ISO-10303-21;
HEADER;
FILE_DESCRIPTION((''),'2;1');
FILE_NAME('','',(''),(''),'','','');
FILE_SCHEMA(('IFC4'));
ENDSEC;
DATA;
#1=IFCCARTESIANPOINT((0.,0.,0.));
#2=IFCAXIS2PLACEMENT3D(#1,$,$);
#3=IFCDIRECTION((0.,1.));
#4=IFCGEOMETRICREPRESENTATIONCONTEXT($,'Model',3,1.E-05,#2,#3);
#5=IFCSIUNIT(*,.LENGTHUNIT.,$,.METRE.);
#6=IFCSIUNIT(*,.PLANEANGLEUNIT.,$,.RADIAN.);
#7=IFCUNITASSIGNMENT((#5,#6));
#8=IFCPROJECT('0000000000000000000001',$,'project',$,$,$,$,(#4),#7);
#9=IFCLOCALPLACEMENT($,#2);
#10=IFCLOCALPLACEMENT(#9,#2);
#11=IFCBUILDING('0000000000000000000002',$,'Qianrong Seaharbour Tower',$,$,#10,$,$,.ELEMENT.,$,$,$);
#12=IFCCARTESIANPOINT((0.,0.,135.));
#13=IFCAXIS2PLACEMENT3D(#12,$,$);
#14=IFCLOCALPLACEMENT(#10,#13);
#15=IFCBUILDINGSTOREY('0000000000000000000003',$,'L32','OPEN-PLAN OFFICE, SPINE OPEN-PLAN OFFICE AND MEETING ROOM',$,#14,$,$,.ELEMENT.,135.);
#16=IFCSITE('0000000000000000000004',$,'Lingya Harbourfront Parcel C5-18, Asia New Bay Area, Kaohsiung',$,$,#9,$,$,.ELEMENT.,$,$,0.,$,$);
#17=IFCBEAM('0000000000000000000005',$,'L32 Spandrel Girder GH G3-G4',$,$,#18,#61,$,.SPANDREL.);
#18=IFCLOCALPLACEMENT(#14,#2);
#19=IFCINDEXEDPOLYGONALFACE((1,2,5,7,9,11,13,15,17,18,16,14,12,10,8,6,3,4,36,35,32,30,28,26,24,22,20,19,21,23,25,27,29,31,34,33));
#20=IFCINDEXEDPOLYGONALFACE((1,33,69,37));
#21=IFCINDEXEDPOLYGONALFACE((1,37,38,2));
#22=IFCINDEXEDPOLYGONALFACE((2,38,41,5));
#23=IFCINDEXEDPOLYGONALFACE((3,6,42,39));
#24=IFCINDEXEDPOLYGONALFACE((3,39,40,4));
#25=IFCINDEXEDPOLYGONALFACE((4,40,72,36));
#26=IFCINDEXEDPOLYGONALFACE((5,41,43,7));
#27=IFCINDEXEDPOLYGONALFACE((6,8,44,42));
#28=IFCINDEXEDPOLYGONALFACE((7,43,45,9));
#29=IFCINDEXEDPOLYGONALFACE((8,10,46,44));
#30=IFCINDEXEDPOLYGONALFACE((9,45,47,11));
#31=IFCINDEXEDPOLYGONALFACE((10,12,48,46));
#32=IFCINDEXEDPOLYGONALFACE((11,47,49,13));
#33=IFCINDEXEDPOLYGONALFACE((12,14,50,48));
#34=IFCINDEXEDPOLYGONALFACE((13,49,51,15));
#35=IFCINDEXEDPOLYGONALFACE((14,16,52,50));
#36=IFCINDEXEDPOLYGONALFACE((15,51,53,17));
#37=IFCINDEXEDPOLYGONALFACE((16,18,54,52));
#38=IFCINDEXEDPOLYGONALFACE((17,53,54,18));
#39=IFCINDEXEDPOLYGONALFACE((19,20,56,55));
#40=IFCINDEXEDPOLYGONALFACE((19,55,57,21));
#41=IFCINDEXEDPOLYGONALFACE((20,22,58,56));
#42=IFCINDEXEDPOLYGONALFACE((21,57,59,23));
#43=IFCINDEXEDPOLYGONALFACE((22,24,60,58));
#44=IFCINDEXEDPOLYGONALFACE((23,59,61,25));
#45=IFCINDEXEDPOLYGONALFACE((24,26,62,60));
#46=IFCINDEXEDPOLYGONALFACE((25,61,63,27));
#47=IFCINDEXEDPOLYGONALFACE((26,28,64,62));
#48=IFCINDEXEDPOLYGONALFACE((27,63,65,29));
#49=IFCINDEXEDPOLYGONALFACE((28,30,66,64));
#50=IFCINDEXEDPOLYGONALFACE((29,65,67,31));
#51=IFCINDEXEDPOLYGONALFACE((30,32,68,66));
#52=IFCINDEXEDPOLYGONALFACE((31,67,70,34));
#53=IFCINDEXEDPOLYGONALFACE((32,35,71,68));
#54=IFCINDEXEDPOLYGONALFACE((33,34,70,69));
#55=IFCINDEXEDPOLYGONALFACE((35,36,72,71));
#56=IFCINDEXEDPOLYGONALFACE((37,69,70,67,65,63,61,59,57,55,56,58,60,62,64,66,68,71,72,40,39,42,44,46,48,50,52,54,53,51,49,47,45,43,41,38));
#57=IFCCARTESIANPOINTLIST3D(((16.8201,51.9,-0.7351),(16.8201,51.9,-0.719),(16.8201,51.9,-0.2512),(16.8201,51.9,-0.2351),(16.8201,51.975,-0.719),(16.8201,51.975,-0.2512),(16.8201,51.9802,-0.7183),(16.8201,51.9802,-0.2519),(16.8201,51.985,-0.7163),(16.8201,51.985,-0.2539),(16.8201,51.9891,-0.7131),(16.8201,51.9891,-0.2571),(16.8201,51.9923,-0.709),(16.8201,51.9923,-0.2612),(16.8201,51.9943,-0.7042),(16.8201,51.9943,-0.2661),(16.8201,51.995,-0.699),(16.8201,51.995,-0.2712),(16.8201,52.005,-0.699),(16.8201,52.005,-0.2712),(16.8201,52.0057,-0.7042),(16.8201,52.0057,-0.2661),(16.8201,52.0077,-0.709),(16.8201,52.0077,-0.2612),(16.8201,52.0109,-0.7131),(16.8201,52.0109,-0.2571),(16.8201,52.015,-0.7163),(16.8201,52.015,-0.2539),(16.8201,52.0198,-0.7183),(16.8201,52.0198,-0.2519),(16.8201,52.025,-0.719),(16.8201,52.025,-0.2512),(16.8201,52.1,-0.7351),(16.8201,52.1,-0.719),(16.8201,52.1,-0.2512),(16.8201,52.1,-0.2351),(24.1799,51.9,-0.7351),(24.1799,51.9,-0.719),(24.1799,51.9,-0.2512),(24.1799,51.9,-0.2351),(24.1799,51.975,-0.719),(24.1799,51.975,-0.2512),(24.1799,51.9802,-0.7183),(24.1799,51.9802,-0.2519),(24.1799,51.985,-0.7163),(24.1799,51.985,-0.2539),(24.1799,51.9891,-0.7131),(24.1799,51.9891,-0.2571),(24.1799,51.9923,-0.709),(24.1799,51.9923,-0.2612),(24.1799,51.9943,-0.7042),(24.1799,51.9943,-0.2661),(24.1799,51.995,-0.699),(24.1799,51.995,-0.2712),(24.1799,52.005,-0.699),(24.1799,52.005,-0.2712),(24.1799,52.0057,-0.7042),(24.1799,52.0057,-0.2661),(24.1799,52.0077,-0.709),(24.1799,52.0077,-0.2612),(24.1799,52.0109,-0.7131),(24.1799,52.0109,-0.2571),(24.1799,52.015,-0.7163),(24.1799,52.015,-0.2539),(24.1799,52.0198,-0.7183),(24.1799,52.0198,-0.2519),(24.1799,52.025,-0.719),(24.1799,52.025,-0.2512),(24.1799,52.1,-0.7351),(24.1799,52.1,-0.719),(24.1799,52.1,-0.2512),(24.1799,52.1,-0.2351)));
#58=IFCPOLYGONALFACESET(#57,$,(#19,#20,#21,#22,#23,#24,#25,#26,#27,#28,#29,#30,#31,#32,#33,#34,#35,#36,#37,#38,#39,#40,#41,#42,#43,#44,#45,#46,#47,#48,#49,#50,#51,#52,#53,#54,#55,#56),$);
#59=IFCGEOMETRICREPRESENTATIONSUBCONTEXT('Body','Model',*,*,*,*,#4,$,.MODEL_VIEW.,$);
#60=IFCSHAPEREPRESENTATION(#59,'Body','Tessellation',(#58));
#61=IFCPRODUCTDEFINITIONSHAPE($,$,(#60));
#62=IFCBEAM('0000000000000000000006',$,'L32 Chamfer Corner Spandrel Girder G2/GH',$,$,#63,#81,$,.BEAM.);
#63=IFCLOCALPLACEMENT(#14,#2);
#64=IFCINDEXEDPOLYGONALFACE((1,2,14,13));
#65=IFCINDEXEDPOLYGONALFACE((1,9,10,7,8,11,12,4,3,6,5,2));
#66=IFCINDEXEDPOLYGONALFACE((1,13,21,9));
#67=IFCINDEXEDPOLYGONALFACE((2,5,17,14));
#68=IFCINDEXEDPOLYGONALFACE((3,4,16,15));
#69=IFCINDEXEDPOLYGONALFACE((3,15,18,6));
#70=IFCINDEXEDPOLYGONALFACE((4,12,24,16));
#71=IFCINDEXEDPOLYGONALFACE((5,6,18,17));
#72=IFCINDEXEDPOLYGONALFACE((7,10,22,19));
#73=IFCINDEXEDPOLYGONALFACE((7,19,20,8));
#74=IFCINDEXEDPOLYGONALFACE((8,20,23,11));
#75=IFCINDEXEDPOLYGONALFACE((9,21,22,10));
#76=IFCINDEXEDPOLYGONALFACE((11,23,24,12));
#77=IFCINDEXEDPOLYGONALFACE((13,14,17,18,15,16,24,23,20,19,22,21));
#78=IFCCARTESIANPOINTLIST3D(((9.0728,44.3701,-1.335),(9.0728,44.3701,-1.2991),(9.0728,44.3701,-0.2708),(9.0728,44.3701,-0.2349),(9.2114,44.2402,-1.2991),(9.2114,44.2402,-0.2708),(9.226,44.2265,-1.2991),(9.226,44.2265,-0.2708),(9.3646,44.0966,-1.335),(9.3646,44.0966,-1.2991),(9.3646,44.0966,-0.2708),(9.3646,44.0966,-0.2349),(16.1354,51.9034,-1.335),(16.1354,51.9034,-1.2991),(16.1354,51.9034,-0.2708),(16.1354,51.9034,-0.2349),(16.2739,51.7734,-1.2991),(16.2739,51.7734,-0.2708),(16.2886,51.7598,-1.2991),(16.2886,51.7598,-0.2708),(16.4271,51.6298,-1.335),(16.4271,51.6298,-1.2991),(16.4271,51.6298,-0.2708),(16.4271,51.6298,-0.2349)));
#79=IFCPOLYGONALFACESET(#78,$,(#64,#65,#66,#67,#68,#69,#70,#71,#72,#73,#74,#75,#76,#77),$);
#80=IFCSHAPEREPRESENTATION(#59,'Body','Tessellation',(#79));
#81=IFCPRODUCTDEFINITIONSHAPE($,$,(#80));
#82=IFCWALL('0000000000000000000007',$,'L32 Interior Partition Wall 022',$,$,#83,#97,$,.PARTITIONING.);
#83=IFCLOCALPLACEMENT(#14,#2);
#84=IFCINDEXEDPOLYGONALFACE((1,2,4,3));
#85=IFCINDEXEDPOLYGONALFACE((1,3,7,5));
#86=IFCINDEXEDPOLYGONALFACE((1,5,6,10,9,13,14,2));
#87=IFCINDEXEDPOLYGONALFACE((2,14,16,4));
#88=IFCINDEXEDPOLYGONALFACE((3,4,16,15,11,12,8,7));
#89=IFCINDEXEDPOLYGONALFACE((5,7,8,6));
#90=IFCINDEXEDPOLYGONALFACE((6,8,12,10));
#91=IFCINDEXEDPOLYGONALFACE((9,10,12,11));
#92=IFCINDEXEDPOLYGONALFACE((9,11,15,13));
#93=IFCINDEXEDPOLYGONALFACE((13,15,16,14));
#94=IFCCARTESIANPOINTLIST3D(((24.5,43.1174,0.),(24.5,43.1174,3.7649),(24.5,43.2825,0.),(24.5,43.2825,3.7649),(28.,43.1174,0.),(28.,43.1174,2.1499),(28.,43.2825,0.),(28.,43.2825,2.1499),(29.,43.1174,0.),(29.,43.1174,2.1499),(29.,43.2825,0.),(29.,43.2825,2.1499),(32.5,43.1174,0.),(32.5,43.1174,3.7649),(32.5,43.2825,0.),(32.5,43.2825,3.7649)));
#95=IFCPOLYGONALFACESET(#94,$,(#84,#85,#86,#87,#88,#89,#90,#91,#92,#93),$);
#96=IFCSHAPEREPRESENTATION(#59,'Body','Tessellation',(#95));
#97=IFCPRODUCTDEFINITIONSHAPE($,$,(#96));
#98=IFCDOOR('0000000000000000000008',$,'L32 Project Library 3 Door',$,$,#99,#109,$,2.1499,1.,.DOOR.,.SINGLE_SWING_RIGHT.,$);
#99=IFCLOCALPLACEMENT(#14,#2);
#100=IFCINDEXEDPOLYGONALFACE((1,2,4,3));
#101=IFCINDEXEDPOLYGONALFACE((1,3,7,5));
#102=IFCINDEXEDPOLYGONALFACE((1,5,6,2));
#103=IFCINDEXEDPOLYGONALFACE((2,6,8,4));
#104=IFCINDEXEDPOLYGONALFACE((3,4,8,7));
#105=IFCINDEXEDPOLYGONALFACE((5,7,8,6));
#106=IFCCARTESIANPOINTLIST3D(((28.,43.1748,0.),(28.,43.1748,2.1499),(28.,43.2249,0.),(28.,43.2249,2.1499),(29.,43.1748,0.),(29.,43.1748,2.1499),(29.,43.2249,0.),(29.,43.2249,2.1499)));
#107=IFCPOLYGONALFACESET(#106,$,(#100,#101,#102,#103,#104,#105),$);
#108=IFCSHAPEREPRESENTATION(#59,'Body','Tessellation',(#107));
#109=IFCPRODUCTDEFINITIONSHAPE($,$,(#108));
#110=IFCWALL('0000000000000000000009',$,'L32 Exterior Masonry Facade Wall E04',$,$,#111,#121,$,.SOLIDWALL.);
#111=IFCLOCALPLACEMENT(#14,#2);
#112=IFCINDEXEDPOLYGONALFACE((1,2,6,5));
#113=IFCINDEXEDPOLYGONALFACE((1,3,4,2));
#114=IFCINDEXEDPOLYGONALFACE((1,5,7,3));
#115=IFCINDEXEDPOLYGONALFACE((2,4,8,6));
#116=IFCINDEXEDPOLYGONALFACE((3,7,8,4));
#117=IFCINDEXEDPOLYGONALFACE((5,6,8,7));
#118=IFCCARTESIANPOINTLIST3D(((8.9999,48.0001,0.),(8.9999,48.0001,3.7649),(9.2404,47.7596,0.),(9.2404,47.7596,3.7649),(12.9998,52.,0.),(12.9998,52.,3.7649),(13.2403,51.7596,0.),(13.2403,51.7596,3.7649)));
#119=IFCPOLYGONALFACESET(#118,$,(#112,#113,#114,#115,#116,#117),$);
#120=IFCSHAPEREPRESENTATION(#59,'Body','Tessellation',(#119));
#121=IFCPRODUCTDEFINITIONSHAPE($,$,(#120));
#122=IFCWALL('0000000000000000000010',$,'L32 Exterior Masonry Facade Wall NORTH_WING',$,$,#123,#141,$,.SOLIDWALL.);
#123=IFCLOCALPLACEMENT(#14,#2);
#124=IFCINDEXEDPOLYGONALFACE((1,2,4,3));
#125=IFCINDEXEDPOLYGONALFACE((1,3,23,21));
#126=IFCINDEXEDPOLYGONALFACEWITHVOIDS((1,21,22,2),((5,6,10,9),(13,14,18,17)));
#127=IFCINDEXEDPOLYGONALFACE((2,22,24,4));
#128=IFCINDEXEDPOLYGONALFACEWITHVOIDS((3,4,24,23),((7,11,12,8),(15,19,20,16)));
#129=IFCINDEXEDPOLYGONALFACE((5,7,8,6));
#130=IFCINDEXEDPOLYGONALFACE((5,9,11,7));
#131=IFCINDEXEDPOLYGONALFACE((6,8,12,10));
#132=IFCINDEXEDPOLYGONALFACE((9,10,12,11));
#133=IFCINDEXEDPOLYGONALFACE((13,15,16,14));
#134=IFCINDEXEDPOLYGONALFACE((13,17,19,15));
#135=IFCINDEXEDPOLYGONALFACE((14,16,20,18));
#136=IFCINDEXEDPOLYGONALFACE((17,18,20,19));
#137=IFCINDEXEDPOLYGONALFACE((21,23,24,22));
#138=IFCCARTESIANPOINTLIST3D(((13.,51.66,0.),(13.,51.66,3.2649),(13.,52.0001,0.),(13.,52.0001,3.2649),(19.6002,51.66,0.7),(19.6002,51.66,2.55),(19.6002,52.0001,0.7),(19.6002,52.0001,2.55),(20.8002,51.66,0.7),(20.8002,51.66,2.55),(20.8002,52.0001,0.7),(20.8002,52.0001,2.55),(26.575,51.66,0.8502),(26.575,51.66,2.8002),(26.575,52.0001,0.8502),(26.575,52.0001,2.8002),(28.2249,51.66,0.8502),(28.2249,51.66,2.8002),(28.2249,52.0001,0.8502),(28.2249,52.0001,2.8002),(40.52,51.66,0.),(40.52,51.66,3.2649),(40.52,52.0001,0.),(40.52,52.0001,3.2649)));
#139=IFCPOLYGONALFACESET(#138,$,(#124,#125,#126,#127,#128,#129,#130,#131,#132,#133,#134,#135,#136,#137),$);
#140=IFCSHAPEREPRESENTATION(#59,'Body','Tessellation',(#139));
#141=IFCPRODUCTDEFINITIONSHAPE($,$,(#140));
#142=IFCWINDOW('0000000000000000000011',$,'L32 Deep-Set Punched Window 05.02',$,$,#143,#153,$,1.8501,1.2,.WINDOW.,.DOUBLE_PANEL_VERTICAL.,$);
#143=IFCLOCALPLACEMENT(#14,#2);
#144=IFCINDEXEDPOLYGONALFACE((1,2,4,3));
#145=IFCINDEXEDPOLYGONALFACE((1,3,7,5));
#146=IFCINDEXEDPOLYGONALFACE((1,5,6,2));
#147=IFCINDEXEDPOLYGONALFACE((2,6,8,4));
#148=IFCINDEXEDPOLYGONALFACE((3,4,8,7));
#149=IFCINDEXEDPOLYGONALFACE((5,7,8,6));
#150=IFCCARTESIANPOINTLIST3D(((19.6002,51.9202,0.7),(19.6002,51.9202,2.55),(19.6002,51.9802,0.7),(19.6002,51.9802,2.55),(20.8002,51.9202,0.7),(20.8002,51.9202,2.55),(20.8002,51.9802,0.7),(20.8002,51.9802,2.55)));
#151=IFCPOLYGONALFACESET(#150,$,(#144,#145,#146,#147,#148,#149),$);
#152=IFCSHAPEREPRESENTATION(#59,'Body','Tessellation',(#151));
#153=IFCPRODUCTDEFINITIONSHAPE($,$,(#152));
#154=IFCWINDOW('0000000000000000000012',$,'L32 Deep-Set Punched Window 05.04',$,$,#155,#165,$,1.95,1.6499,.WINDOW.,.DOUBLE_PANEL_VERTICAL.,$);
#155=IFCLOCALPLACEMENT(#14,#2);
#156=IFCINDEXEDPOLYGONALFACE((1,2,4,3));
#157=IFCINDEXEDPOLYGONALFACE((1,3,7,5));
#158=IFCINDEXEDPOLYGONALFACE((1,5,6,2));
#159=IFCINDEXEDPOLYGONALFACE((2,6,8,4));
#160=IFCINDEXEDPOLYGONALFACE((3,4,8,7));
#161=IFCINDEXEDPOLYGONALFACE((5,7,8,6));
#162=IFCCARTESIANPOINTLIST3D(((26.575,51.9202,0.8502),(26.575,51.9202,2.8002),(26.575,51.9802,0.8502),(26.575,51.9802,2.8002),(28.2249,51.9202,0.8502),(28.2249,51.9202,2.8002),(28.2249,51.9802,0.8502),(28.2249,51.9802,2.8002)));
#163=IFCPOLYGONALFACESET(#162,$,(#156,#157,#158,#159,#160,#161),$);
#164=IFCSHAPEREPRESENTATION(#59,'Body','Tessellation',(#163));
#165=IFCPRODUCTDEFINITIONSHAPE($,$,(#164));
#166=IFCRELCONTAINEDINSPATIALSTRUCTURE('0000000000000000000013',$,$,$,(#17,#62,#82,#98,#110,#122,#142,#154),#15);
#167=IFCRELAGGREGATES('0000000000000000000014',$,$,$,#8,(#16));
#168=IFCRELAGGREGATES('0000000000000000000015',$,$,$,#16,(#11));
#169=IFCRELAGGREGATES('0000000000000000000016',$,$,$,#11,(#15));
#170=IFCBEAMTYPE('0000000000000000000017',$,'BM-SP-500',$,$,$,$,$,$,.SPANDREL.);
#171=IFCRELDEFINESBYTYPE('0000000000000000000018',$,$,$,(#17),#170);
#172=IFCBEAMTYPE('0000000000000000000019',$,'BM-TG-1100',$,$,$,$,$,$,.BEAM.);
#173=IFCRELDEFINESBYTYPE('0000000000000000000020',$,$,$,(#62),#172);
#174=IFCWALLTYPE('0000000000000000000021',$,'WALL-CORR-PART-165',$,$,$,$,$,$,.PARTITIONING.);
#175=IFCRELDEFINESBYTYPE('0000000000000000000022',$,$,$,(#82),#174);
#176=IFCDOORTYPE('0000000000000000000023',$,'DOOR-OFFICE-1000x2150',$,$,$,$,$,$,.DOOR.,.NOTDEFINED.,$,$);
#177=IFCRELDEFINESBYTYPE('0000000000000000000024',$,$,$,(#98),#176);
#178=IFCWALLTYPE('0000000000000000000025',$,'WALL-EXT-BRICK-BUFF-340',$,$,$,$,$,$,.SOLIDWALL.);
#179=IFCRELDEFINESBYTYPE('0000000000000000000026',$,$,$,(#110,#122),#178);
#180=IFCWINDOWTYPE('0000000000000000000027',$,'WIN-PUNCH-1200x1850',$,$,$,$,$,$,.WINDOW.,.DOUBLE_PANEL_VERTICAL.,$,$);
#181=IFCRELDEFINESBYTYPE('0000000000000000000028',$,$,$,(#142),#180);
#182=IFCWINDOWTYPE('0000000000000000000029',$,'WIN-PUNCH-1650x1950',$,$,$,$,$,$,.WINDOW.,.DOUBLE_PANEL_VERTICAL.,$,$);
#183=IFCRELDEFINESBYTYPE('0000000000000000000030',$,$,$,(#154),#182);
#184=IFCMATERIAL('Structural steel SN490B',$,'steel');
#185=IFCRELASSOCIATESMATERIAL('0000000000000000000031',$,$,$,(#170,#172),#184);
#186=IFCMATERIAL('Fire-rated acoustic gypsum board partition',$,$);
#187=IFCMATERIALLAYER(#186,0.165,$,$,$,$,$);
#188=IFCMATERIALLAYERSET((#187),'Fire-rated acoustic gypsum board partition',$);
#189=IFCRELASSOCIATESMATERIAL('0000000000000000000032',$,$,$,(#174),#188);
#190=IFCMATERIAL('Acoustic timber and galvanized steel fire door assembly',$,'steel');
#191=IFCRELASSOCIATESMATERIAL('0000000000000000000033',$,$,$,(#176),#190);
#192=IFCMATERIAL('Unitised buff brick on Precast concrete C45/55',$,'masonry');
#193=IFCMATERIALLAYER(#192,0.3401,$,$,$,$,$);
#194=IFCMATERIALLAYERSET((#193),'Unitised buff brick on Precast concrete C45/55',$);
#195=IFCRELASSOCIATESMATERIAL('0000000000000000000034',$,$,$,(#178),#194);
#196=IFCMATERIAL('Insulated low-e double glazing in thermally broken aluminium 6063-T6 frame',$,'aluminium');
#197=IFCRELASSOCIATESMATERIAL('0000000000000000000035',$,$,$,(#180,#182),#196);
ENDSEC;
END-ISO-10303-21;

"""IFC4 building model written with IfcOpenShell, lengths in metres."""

from ifc_helpers import new_model, si_unit, direction, frame, frame_2d, origin, origin_2d, place, context, subcontext, project, spatial, rectangle, i_section, extrude, material, layer, layer_set, material_profile, profile_set, type_object, element, fill, save


model = new_model("IFC4")

# Units and contexts
model_context = context("Model", 3, precision=1e-05, world=origin(), true_north=direction((0.0, 1.0)))
body_context = subcontext(model_context, "Body", "Model", "MODEL_VIEW")
ifc_project = project(units=[si_unit("LENGTHUNIT", "METRE"), si_unit("PLANEANGLEUNIT", "RADIAN")], contexts=[model_context])

# Site, building, storey
site_placement = place(None, origin())
site = spatial("IfcSite", under=ifc_project, at=site_placement, Name="Lingya Harbourfront Parcel C5-18, Asia New Bay Area, Kaohsiung", CompositionType="ELEMENT", RefElevation=0.0)
building_placement = place(site_placement, origin())
building = spatial("IfcBuilding", under=site, at=building_placement, Name="Qianrong Seaharbour Tower", CompositionType="ELEMENT")
storey_placement = place(building_placement, frame((0.0, 0.0, 135.0)))
storey = spatial("IfcBuildingStorey", under=building, at=storey_placement, Name="L32", Description="OPEN-PLAN OFFICE, SPINE OPEN-PLAN OFFICE AND MEETING ROOM", CompositionType="ELEMENT", Elevation=135.0)

# Shared definitions
ifc_material_1 = material(Name="Structural steel SN490B", Category="steel")

# Beams
ifc_material_profile_1 = material_profile(ifc_material_1, i_section(OverallWidth=0.2, OverallDepth=0.5, WebThickness=0.01, FlangeThickness=0.0161, FilletRadius=0.02, at=origin_2d()), Name="H500x200x10x16")
ifc_profile_set_1 = profile_set([ifc_material_profile_1], Name="Structural steel SN490B")
beam_type_1 = type_object("IfcBeamType", Name="BM-SP-500", PredefinedType="SPANDREL", material=ifc_profile_set_1)
beam_1_placement = place(storey_placement, frame((16.8201, 52.0, -0.4851), z_axis=(1.0, 0.0, 0.0), x_axis=(0.0, 1.0, 0.0)))
element("IfcBeam", 1, at=beam_1_placement, inside=storey, type_object=beam_type_1, Name="L32 Spandrel Girder GH G3-G4", PredefinedType="SPANDREL", context=body_context, shape_type="SweptSolid", body=[
    extrude(i_section(OverallWidth=0.2, OverallDepth=0.5, WebThickness=0.01, FlangeThickness=0.0161, FilletRadius=0.02, at=origin_2d()), origin(), (0.0, 0.0, 1.0), 7.3599),
])
ifc_material_profile_2 = material_profile(ifc_material_1, i_section(OverallWidth=0.3999, OverallDepth=1.1001, WebThickness=0.02, FlangeThickness=0.0359, at=origin_2d()), Name="BH1100x400x20x36")
ifc_profile_set_2 = profile_set([ifc_material_profile_2], Name="Structural steel SN490B")
beam_type_2 = type_object("IfcBeamType", Name="BM-TG-1100", PredefinedType="BEAM", material=ifc_profile_set_2)
beam_2_placement = place(storey_placement, frame((16.2812, 51.7666, -0.7849), z_axis=(-0.683947, -0.729531, 0.0), x_axis=(0.729531, -0.683947, 0.0)))
element("IfcBeam", 2, at=beam_2_placement, inside=storey, type_object=beam_type_2, Name="L32 Chamfer Corner Spandrel Girder G2/GH", PredefinedType="BEAM", context=body_context, shape_type="SweptSolid", body=[
    extrude(i_section(OverallWidth=0.3999, OverallDepth=1.1001, WebThickness=0.02, FlangeThickness=0.0359, at=origin_2d()), origin(), (0.0, 0.0, 1.0), 10.3262),
])

# Wall, opening, door
ifc_material_2 = material(Name="Fire-rated acoustic gypsum board partition")
ifc_layer_1 = layer(ifc_material_2, 0.165)
ifc_layer_set_1 = layer_set([ifc_layer_1], Name="Fire-rated acoustic gypsum board partition")
wall_type_1 = type_object("IfcWallType", Name="WALL-CORR-PART-165", PredefinedType="PARTITIONING", material=ifc_layer_set_1)
wall_1_placement = place(storey_placement, frame((24.5, 43.2, 0.0), z_axis=(0.0, 0.0, 1.0), x_axis=(1.0, 0.0, 0.0)))
wall_1 = element("IfcWall", 3, at=wall_1_placement, inside=storey, type_object=wall_type_1, Name="L32 Interior Partition Wall 022", PredefinedType="PARTITIONING", context=body_context, shape_type="SweptSolid", body=[
    extrude(rectangle(XDim=8.0, YDim=0.165, at=frame_2d((4.0, 0.0))), origin(), (0.0, 0.0, 1.0), 3.7649),
])
opening_1_placement = place(wall_1_placement, frame((3.5, 0.0, 0.0)))
opening_1 = element("IfcOpeningElement", 4, at=opening_1_placement, cuts=wall_1, PredefinedType="OPENING", context=body_context, shape_type="SweptSolid", body=[
    extrude(rectangle(XDim=1.0, YDim=2.1499, at=frame_2d((0.5, 1.075))), frame((0.0, 0.0925, 0.0), z_axis=(0.0, -1.0, 0.0), x_axis=(1.0, 0.0, 0.0)), (0.0, 0.0, 1.0), 0.1851),
])
ifc_material_3 = material(Name="Acoustic timber and galvanized steel fire door assembly", Category="steel")
door_type_1 = type_object("IfcDoorType", Name="DOOR-OFFICE-1000x2150", OperationType="NOTDEFINED", PredefinedType="DOOR", material=ifc_material_3)
door_1_placement = place(opening_1_placement, origin())
door_1 = element("IfcDoor", 5, at=door_1_placement, inside=storey, type_object=door_type_1, Name="L32 Project Library 3 Door", OperationType="SINGLE_SWING_RIGHT", OverallHeight=2.1499, OverallWidth=1.0, PredefinedType="DOOR", context=body_context, shape_type="SweptSolid", body=[
    extrude(rectangle(XDim=1.0, YDim=2.1499, at=frame_2d((0.5, 1.075))), frame((0.0, 0.0249, 0.0), z_axis=(0.0, -1.0, 0.0), x_axis=(1.0, 0.0, 0.0)), (0.0, 0.0, 1.0), 0.05),
])
fill(opening_1, door_1)

# Wall
ifc_material_4 = material(Name="Unitised buff brick on Precast concrete C45/55", Category="masonry")
ifc_layer_2 = layer(ifc_material_4, 0.3401)
ifc_layer_set_2 = layer_set([ifc_layer_2], Name="Unitised buff brick on Precast concrete C45/55")
wall_type_2 = type_object("IfcWallType", Name="WALL-EXT-BRICK-BUFF-340", PredefinedType="SOLIDWALL", material=ifc_layer_set_2)
wall_2_placement = place(storey_placement, frame((9.1201, 47.8799, 0.0), z_axis=(0.0, 0.0, 1.0), x_axis=(0.707107, 0.707107, 0.0)))
element("IfcWall", 6, at=wall_2_placement, inside=storey, type_object=wall_type_2, Name="L32 Exterior Masonry Facade Wall E04", PredefinedType="SOLIDWALL", context=body_context, shape_type="SweptSolid", body=[
    extrude(rectangle(XDim=5.6567, YDim=0.3401, at=frame_2d((2.8284, 0.0))), origin(), (0.0, 0.0, 1.0), 3.7649),
])

# Wall, openings, windows
wall_3_placement = place(storey_placement, frame((13.0, 51.8301, 0.0), z_axis=(0.0, 0.0, 1.0), x_axis=(1.0, 0.0, 0.0)))
wall_3 = element("IfcWall", 7, at=wall_3_placement, inside=storey, type_object=wall_type_2, Name="L32 Exterior Masonry Facade Wall NORTH_WING", PredefinedType="SOLIDWALL", context=body_context, shape_type="SweptSolid", body=[
    extrude(rectangle(XDim=27.52, YDim=0.3401, at=frame_2d((13.76, 0.0))), origin(), (0.0, 0.0, 1.0), 3.2649),
])
opening_2_placement = place(wall_3_placement, frame((6.6001, 0.0, 0.7)))
opening_2 = element("IfcOpeningElement", 8, at=opening_2_placement, cuts=wall_3, PredefinedType="OPENING", context=body_context, shape_type="SweptSolid", body=[
    extrude(rectangle(XDim=1.2, YDim=1.8501, at=frame_2d((0.6001, 0.925))), frame((0.0, 0.1802, 0.0), z_axis=(0.0, -1.0, 0.0), x_axis=(1.0, 0.0, 0.0)), (0.0, 0.0, 1.0), 0.3601),
])
opening_3_placement = place(wall_3_placement, frame((13.575, 0.0, 0.8501)))
opening_3 = element("IfcOpeningElement", 9, at=opening_3_placement, cuts=wall_3, PredefinedType="OPENING", context=body_context, shape_type="SweptSolid", body=[
    extrude(rectangle(XDim=1.6499, YDim=1.95, at=frame_2d((0.825, 0.9751))), frame((0.0, 0.1802, 0.0), z_axis=(0.0, -1.0, 0.0), x_axis=(1.0, 0.0, 0.0)), (0.0, 0.0, 1.0), 0.3601),
])
ifc_material_5 = material(Name="Insulated low-e double glazing in thermally broken aluminium 6063-T6 frame", Category="aluminium")
window_type_1 = type_object("IfcWindowType", Name="WIN-PUNCH-1200x1850", PartitioningType="DOUBLE_PANEL_VERTICAL", PredefinedType="WINDOW", material=ifc_material_5)
window_1_placement = place(opening_2_placement, origin())
window_1 = element("IfcWindow", 10, at=window_1_placement, inside=storey, type_object=window_type_1, Name="L32 Deep-Set Punched Window 05.02", OverallHeight=1.8501, OverallWidth=1.2, PartitioningType="DOUBLE_PANEL_VERTICAL", PredefinedType="WINDOW", context=body_context, shape_type="SweptSolid", body=[
    extrude(rectangle(XDim=1.2, YDim=1.8501, at=frame_2d((0.6001, 0.925))), frame((0.0, 0.1501, 0.0), z_axis=(0.0, -1.0, 0.0), x_axis=(1.0, 0.0, 0.0)), (0.0, 0.0, 1.0), 0.0601),
])
fill(opening_2, window_1)
window_type_2 = type_object("IfcWindowType", Name="WIN-PUNCH-1650x1950", PartitioningType="DOUBLE_PANEL_VERTICAL", PredefinedType="WINDOW", material=ifc_material_5)
window_2_placement = place(opening_3_placement, origin())
window_2 = element("IfcWindow", 11, at=window_2_placement, inside=storey, type_object=window_type_2, Name="L32 Deep-Set Punched Window 05.04", OverallHeight=1.95, OverallWidth=1.6499, PartitioningType="DOUBLE_PANEL_VERTICAL", PredefinedType="WINDOW", context=body_context, shape_type="SweptSolid", body=[
    extrude(rectangle(XDim=1.6499, YDim=1.95, at=frame_2d((0.825, 0.9751))), frame((0.0, 0.1501, 0.0), z_axis=(0.0, -1.0, 0.0), x_axis=(1.0, 0.0, 0.0)), (0.0, 0.0, 1.0), 0.0601),
])
fill(opening_3, window_2)

save(model, "model.ifc")
